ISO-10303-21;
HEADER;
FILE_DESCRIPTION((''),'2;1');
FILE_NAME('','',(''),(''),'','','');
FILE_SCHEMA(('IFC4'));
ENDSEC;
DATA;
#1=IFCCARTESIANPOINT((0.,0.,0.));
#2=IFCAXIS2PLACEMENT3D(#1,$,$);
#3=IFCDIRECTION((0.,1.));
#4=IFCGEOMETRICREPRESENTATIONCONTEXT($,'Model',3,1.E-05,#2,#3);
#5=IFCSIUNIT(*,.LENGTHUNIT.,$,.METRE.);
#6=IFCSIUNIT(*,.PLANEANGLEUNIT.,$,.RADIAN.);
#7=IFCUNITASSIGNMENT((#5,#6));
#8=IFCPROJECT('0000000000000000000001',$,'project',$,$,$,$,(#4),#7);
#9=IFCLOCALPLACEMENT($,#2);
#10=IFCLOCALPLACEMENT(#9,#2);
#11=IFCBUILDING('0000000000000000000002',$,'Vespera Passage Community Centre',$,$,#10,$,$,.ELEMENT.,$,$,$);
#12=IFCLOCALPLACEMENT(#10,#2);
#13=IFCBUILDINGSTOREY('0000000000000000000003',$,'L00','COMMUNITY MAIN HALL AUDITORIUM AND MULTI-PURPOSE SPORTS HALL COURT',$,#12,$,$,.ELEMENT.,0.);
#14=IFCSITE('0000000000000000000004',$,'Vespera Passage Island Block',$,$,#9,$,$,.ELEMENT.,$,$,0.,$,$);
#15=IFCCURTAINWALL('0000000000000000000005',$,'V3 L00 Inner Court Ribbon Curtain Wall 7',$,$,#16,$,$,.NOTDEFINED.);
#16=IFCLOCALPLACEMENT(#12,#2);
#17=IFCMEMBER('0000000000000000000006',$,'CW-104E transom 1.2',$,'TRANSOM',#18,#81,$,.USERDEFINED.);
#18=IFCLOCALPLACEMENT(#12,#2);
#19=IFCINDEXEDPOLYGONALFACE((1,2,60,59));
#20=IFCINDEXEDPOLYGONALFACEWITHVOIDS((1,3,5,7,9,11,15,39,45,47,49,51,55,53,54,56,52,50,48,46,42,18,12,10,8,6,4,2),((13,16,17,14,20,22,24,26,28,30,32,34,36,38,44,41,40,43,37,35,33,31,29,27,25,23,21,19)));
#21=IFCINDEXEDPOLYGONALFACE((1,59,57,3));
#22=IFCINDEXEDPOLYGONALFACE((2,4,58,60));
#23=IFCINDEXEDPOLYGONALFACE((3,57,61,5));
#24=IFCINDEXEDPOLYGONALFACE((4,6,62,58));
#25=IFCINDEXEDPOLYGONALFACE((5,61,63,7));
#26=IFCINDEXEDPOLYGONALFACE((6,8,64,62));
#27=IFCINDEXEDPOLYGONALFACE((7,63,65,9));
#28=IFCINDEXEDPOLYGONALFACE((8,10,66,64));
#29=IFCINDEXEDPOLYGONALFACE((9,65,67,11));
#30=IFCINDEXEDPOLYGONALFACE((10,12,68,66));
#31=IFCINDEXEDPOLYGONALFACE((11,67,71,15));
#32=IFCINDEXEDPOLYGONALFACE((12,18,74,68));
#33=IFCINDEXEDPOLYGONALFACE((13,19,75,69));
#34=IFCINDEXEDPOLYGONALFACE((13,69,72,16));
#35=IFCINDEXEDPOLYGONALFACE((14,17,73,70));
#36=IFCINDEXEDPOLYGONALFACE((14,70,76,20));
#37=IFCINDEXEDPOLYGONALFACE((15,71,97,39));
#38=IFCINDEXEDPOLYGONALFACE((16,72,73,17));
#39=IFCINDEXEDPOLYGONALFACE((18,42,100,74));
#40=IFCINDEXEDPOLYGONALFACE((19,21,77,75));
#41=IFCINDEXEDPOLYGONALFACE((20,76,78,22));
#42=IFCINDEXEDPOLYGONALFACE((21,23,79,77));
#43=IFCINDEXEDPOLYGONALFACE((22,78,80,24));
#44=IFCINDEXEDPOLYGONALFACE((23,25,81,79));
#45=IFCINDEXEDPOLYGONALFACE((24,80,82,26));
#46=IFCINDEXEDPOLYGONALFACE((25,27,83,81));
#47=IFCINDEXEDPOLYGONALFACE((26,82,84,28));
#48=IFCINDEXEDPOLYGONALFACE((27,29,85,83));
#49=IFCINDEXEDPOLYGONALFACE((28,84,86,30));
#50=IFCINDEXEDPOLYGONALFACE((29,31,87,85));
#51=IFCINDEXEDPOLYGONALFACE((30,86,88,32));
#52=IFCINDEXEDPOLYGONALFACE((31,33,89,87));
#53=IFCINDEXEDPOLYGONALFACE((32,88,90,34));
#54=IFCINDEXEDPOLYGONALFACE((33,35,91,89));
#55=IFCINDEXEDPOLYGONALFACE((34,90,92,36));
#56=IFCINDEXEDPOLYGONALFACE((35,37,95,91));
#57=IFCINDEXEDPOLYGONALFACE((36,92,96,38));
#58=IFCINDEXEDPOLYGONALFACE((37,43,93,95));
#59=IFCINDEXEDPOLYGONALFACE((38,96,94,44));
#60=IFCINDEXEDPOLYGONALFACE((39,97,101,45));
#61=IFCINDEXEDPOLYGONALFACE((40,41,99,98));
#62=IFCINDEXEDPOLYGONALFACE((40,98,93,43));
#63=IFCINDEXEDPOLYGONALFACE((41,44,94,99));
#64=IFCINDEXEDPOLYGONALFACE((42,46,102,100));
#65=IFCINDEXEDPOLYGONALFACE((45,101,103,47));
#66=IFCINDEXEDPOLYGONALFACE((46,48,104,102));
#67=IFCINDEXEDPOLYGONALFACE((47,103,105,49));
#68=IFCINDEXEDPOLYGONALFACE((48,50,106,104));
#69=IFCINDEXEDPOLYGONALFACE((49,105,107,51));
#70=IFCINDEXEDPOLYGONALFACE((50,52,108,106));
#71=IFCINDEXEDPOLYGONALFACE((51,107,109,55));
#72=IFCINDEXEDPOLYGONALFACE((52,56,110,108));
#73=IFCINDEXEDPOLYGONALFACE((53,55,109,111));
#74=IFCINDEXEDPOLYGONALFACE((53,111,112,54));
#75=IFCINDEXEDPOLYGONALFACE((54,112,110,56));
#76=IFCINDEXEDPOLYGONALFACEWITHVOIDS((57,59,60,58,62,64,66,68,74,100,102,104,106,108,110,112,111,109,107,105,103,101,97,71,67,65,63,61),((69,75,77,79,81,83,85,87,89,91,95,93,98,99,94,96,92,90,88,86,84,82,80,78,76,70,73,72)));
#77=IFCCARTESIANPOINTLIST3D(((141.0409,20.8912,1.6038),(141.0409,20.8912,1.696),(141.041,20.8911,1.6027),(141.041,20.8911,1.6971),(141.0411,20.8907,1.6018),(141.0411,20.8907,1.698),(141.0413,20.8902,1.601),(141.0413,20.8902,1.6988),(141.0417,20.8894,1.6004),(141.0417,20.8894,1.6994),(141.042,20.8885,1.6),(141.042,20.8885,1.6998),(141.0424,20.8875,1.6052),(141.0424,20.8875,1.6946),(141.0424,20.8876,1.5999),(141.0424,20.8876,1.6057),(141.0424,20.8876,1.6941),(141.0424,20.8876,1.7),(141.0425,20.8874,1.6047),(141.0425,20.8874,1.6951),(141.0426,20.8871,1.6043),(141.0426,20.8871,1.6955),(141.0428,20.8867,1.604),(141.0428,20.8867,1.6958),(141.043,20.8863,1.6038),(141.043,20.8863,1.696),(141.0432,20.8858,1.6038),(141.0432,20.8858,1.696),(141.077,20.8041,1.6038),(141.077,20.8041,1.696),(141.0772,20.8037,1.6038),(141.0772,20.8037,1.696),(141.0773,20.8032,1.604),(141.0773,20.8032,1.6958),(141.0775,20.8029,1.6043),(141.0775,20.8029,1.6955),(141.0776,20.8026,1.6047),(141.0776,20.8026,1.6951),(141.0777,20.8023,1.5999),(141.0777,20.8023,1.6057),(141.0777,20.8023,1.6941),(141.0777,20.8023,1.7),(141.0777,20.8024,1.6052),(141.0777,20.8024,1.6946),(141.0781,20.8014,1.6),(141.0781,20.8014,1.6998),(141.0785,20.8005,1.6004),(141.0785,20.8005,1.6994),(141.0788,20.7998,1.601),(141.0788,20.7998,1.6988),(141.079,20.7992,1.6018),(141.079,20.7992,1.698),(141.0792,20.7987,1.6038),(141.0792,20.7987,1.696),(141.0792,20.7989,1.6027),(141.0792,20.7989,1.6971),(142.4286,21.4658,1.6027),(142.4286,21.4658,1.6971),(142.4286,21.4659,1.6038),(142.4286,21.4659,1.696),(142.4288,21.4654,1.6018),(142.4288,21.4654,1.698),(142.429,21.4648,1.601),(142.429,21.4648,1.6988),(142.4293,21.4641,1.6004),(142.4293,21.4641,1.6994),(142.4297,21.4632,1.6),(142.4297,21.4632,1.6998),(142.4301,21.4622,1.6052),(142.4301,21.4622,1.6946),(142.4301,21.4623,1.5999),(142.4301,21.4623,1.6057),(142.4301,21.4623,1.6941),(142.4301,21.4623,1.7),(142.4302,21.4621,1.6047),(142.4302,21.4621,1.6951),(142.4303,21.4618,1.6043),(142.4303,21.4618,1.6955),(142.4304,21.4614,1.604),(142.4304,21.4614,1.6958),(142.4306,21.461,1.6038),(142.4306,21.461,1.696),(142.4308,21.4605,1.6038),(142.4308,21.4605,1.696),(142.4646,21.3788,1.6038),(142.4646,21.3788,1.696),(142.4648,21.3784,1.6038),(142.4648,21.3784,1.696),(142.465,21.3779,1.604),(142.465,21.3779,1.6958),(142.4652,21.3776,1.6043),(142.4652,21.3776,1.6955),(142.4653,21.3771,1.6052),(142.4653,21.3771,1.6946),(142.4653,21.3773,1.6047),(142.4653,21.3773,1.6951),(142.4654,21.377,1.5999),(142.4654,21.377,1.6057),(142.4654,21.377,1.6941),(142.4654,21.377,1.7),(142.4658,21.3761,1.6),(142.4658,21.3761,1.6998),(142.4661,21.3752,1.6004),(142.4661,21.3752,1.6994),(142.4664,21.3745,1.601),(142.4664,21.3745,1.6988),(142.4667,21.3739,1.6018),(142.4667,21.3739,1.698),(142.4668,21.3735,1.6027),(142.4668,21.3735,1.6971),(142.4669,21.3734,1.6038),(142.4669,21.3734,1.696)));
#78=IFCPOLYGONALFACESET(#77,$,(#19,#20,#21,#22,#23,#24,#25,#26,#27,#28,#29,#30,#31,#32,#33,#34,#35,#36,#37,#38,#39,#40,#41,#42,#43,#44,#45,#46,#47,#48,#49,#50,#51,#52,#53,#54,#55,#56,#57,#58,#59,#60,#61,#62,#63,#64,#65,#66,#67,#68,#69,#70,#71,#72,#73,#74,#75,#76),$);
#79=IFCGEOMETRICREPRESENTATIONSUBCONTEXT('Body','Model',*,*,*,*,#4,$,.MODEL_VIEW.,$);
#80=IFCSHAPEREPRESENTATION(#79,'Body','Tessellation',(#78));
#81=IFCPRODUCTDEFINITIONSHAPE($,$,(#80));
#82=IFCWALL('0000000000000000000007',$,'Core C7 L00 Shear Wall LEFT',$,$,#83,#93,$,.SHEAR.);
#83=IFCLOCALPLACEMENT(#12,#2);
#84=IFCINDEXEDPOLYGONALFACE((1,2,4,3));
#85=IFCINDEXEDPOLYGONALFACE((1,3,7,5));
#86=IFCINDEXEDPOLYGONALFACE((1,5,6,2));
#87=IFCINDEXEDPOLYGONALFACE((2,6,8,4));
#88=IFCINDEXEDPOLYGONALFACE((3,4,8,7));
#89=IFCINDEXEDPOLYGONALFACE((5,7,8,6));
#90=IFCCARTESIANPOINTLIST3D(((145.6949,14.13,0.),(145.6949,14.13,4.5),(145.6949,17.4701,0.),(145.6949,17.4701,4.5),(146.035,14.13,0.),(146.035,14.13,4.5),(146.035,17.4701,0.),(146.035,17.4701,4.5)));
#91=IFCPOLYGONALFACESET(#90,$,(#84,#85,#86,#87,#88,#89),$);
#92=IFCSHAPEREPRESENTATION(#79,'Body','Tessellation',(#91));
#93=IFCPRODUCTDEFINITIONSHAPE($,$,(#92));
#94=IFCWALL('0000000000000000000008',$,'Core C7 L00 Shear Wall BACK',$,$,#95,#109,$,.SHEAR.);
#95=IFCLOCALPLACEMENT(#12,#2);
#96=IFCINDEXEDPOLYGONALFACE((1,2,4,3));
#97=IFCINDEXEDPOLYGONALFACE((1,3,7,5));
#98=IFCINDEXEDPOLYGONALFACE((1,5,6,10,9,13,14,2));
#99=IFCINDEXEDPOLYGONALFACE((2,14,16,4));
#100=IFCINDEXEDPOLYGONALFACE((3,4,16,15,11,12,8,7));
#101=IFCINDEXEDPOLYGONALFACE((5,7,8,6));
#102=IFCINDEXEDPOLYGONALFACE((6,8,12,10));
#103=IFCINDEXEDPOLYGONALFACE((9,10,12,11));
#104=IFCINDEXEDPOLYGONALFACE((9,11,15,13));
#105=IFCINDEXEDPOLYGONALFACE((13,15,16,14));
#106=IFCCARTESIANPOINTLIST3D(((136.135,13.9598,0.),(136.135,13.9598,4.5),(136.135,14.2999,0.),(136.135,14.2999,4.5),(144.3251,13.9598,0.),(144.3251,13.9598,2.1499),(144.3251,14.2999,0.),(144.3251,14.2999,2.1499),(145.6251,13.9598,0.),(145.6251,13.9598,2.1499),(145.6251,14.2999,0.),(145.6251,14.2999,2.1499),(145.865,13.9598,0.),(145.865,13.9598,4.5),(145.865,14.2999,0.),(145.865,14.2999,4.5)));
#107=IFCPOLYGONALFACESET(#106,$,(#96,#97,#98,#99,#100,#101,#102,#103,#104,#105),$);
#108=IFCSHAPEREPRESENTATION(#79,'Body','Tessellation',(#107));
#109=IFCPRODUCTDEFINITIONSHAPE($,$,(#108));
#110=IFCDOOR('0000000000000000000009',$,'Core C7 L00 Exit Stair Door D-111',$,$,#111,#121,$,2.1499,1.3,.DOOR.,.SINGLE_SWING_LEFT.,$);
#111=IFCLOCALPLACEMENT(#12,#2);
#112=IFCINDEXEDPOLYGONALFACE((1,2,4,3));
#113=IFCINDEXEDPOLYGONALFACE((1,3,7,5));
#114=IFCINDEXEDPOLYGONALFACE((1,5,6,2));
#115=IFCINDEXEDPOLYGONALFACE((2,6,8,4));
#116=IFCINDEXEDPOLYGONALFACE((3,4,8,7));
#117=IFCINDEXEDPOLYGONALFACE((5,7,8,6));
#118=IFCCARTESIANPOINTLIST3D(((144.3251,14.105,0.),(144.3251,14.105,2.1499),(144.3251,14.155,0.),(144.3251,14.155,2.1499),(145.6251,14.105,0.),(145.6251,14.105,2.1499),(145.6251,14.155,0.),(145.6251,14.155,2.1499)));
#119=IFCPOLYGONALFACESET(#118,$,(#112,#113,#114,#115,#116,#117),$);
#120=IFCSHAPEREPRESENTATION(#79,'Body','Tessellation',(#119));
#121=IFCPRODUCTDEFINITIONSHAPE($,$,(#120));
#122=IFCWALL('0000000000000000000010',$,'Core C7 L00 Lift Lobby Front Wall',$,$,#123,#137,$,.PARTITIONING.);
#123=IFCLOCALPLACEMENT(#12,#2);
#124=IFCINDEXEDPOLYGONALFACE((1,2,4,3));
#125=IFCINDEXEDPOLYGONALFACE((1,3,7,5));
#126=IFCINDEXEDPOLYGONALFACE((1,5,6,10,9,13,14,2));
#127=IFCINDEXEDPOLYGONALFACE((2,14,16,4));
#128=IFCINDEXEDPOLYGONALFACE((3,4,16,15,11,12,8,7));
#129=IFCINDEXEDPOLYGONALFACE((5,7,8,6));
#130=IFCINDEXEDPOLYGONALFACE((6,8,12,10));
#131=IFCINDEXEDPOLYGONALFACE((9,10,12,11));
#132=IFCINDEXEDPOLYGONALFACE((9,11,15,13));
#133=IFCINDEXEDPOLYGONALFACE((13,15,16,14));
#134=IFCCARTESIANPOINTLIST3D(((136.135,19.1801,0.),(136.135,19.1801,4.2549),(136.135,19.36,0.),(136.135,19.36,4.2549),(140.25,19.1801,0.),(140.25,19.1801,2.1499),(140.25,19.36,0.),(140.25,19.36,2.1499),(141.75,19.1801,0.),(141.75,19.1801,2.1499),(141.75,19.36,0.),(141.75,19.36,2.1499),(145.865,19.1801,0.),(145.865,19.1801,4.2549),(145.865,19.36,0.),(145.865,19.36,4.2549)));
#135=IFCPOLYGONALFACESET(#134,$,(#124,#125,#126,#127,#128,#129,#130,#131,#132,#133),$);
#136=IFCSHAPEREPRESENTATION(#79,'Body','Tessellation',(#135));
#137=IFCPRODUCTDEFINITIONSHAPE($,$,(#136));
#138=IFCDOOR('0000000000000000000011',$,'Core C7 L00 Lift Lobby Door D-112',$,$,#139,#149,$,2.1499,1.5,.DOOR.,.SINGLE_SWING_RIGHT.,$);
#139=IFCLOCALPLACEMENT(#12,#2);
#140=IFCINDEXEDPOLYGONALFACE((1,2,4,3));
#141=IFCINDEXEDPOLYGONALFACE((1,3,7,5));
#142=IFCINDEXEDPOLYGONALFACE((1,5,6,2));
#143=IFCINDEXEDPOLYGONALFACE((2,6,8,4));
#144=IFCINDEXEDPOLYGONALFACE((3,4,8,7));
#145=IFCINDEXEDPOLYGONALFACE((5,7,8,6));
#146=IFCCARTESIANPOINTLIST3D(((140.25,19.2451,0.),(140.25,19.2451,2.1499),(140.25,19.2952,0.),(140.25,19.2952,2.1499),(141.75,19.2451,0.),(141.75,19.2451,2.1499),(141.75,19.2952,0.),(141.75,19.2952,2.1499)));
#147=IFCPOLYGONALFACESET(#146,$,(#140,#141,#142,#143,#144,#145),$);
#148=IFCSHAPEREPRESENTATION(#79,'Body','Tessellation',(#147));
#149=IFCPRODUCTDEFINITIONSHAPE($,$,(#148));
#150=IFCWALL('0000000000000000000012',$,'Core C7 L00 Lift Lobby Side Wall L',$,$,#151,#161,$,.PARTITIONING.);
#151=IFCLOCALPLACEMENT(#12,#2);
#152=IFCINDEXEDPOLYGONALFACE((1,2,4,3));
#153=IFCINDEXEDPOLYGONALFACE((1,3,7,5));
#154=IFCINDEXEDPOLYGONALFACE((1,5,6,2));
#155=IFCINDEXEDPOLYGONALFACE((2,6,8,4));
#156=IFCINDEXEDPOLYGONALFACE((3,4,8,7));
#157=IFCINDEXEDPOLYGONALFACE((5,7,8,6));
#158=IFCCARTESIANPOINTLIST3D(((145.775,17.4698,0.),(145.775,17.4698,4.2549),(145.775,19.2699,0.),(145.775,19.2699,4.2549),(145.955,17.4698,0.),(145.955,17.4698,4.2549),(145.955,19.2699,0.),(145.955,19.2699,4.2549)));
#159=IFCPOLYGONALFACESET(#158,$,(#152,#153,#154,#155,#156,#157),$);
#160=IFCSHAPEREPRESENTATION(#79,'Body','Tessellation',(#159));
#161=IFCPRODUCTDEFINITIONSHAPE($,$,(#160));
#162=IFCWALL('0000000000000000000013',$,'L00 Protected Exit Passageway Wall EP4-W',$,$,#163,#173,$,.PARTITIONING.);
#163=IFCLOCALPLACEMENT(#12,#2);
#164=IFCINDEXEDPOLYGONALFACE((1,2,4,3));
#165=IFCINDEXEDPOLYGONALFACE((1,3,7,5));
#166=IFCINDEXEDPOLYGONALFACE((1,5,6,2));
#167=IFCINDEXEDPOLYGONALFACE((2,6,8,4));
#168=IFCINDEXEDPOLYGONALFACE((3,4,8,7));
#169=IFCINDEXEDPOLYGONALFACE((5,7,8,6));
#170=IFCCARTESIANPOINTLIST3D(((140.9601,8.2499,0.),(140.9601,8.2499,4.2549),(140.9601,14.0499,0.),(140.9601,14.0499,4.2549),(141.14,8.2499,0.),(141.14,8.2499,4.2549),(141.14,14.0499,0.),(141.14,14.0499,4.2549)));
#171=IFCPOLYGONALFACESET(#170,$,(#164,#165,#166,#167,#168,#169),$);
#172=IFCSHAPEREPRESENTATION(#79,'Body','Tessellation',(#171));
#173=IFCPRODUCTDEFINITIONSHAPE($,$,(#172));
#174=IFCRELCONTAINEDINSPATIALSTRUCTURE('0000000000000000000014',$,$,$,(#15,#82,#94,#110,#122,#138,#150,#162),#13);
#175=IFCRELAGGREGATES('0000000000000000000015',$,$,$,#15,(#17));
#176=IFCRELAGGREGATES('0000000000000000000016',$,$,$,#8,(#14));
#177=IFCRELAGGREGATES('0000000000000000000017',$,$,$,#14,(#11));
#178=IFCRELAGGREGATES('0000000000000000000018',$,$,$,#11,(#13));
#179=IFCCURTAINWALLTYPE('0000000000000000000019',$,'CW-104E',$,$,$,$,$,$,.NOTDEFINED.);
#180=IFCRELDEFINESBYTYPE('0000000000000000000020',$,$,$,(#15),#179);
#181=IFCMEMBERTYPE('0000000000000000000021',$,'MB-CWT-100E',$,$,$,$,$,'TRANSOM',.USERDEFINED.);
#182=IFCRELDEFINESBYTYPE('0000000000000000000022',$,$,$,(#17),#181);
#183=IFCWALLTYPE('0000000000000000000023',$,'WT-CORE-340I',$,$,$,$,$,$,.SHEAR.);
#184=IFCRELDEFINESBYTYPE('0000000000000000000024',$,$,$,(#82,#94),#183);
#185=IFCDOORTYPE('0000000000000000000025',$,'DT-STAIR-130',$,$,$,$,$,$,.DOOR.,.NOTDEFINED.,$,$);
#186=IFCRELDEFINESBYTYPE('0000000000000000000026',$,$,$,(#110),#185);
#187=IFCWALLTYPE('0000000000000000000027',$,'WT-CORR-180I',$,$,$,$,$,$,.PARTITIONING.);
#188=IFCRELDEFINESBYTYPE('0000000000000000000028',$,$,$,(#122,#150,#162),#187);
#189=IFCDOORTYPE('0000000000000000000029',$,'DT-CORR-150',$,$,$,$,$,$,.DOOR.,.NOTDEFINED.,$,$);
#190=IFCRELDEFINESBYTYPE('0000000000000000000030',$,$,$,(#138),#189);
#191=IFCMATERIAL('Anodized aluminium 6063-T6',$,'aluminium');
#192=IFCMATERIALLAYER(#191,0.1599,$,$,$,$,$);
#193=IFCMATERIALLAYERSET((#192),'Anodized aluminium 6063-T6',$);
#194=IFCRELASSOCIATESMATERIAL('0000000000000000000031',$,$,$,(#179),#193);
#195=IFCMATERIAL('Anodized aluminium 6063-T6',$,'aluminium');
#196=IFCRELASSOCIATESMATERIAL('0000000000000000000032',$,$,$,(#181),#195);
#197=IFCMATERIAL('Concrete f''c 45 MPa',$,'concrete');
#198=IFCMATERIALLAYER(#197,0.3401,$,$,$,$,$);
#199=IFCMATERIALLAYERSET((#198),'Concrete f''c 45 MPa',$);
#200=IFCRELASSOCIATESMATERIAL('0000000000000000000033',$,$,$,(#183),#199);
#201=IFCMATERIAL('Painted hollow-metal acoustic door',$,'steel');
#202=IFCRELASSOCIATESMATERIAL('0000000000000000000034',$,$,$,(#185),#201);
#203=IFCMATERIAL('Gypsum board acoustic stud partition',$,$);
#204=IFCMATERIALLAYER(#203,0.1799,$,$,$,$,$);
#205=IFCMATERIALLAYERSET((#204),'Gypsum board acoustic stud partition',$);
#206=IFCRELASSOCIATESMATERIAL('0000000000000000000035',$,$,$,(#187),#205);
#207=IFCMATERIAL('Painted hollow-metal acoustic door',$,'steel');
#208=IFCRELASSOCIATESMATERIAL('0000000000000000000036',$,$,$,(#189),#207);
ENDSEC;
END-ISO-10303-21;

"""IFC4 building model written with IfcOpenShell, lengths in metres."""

from ifc_helpers import new_model, si_unit, direction, frame, frame_2d, origin, origin_2d, place, context, subcontext, project, spatial, rectangle, hollow_rectangle, extrude, material, layer, layer_set, material_profile, profile_set, type_object, element, fill, aggregate, save


model = new_model("IFC4")

# Units and contexts
model_context = context("Model", 3, precision=1e-05, world=origin(), true_north=direction((0.0, 1.0)))
body_context = subcontext(model_context, "Body", "Model", "MODEL_VIEW")
ifc_project = project(units=[si_unit("LENGTHUNIT", "METRE"), si_unit("PLANEANGLEUNIT", "RADIAN")], contexts=[model_context])

# Site, building, storey
site_placement = place(None, origin())
site = spatial("IfcSite", under=ifc_project, at=site_placement, Name="Vespera Passage Island Block", CompositionType="ELEMENT", RefElevation=0.0)
building_placement = place(site_placement, origin())
building = spatial("IfcBuilding", under=site, at=building_placement, Name="Vespera Passage Community Centre", CompositionType="ELEMENT")
storey_placement = place(building_placement, origin())
storey = spatial("IfcBuildingStorey", under=building, at=storey_placement, Name="L00", Description="COMMUNITY MAIN HALL AUDITORIUM AND MULTI-PURPOSE SPORTS HALL COURT", CompositionType="ELEMENT", Elevation=0.0)

# Shared definitions
ifc_material_1 = material(Name="Anodized aluminium 6063-T6", Category="aluminium")
ifc_layer_1 = layer(ifc_material_1, 0.1599)
ifc_layer_set_1 = layer_set([ifc_layer_1], Name="Anodized aluminium 6063-T6")
curtain_wall_type = type_object("IfcCurtainWallType", Name="CW-104E", PredefinedType="NOTDEFINED", material=ifc_layer_set_1)

# Curtain wall, member
curtain_wall_1_placement = place(storey_placement, origin())
curtain_wall_1 = element("IfcCurtainWall", 1, at=curtain_wall_1_placement, inside=storey, type_object=curtain_wall_type, Name="V3 L00 Inner Court Ribbon Curtain Wall 7", PredefinedType="NOTDEFINED")
ifc_material_2 = material(Name="Anodized aluminium 6063-T6", Category="aluminium")
ifc_material_profile_1 = material_profile(ifc_material_2, hollow_rectangle(XDim=0.1001, YDim=0.1001, WallThickness=0.0039, InnerFilletRadius=0.002, OuterFilletRadius=0.0039, at=origin_2d()), Name="ALU100X100X4")
ifc_profile_set_1 = profile_set([ifc_material_profile_1], Name="Anodized aluminium 6063-T6")
member_type_1 = type_object("IfcMemberType", Name="MB-CWT-100E", ElementType="TRANSOM", PredefinedType="USERDEFINED", material=ifc_profile_set_1)
member_1_placement = place(storey_placement, frame((141.0601, 20.845, 1.6499), z_axis=(0.923902, 0.382629, 0.0), x_axis=(-0.382629, 0.923902, 0.0)))
member_1 = element("IfcMember", 2, at=member_1_placement, type_object=member_type_1, Name="CW-104E transom 1.2", ObjectType="TRANSOM", PredefinedType="USERDEFINED", context=body_context, shape_type="SweptSolid", body=[
    extrude(hollow_rectangle(XDim=0.1001, YDim=0.1001, WallThickness=0.0039, InnerFilletRadius=0.002, OuterFilletRadius=0.0039, at=origin_2d()), origin(), (0.0, 0.0, 1.0), 1.502),
])
aggregate(curtain_wall_1, [member_1])

# Wall
ifc_material_3 = material(Name="Concrete f'c 45 MPa", Category="concrete")
ifc_layer_2 = layer(ifc_material_3, 0.3401)
ifc_layer_set_2 = layer_set([ifc_layer_2], Name="Concrete f'c 45 MPa")
wall_type_1 = type_object("IfcWallType", Name="WT-CORE-340I", PredefinedType="SHEAR", material=ifc_layer_set_2)
wall_1_placement = place(storey_placement, frame((145.865, 17.47, 0.0), z_axis=(0.0, 0.0, 1.0), x_axis=(0.0, -1.0, 0.0)))
element("IfcWall", 3, at=wall_1_placement, inside=storey, type_object=wall_type_1, Name="Core C7 L00 Shear Wall LEFT", PredefinedType="SHEAR", context=body_context, shape_type="SweptSolid", body=[
    extrude(rectangle(XDim=3.3401, YDim=0.3401, at=frame_2d((1.6699, 0.0))), origin(), (0.0, 0.0, 1.0), 4.5),
])

# Walls, openings, doors
wall_2_placement = place(storey_placement, frame((145.865, 14.1299, 0.0), z_axis=(0.0, 0.0, 1.0), x_axis=(-1.0, 0.0, 0.0)))
wall_2 = element("IfcWall", 4, at=wall_2_placement, inside=storey, type_object=wall_type_1, Name="Core C7 L00 Shear Wall BACK", PredefinedType="SHEAR", context=body_context, shape_type="SweptSolid", body=[
    extrude(rectangle(XDim=9.73, YDim=0.3401, at=frame_2d((4.865, 0.0))), origin(), (0.0, 0.0, 1.0), 4.5),
])
opening_1_placement = place(wall_2_placement, frame((0.24, 0.0, 0.0)))
opening_1 = element("IfcOpeningElement", 5, at=opening_1_placement, cuts=wall_2, PredefinedType="OPENING", context=body_context, shape_type="SweptSolid", body=[
    extrude(rectangle(XDim=1.3, YDim=2.1499, at=frame_2d((0.6499, 1.075))), frame((0.0, 0.1799, 0.0), z_axis=(0.0, -1.0, 0.0), x_axis=(1.0, 0.0, 0.0)), (0.0, 0.0, 1.0), 0.3601),
])
ifc_material_4 = material(Name="Painted hollow-metal acoustic door", Category="steel")
door_type_1 = type_object("IfcDoorType", Name="DT-STAIR-130", OperationType="NOTDEFINED", PredefinedType="DOOR", material=ifc_material_4)
door_1_placement = place(opening_1_placement, origin())
door_1 = element("IfcDoor", 6, at=door_1_placement, inside=storey, type_object=door_type_1, Name="Core C7 L00 Exit Stair Door D-111", OperationType="SINGLE_SWING_LEFT", OverallHeight=2.1499, OverallWidth=1.3, PredefinedType="DOOR", context=body_context, shape_type="SweptSolid", body=[
    extrude(rectangle(XDim=1.3, YDim=2.1499, at=frame_2d((0.6499, 1.075))), frame((0.0, 0.0249, 0.0), z_axis=(0.0, -1.0, 0.0), x_axis=(1.0, 0.0, 0.0)), (0.0, 0.0, 1.0), 0.05),
])
fill(opening_1, door_1)
ifc_material_5 = material(Name="Gypsum board acoustic stud partition")
ifc_layer_3 = layer(ifc_material_5, 0.1799)
ifc_layer_set_3 = layer_set([ifc_layer_3], Name="Gypsum board acoustic stud partition")
wall_type_2 = type_object("IfcWallType", Name="WT-CORR-180I", PredefinedType="PARTITIONING", material=ifc_layer_set_3)
wall_3_placement = place(storey_placement, frame((145.865, 19.27, 0.0), z_axis=(0.0, 0.0, 1.0), x_axis=(-1.0, 0.0, 0.0)))
wall_3 = element("IfcWall", 7, at=wall_3_placement, inside=storey, type_object=wall_type_2, Name="Core C7 L00 Lift Lobby Front Wall", PredefinedType="PARTITIONING", context=body_context, shape_type="SweptSolid", body=[
    extrude(rectangle(XDim=9.73, YDim=0.1799, at=frame_2d((4.865, 0.0))), origin(), (0.0, 0.0, 1.0), 4.2549),
])
opening_2_placement = place(wall_3_placement, frame((4.115, 0.0, 0.0)))
opening_2 = element("IfcOpeningElement", 8, at=opening_2_placement, cuts=wall_3, PredefinedType="OPENING", context=body_context, shape_type="SweptSolid", body=[
    extrude(rectangle(XDim=1.5, YDim=2.1499, at=frame_2d((0.75, 1.075))), frame((0.0, 0.0999, 0.0), z_axis=(0.0, -1.0, 0.0), x_axis=(1.0, 0.0, 0.0)), (0.0, 0.0, 1.0), 0.2),
])
ifc_material_6 = material(Name="Painted hollow-metal acoustic door", Category="steel")
door_type_2 = type_object("IfcDoorType", Name="DT-CORR-150", OperationType="NOTDEFINED", PredefinedType="DOOR", material=ifc_material_6)
door_2_placement = place(opening_2_placement, origin())
door_2 = element("IfcDoor", 9, at=door_2_placement, inside=storey, type_object=door_type_2, Name="Core C7 L00 Lift Lobby Door D-112", OperationType="SINGLE_SWING_RIGHT", OverallHeight=2.1499, OverallWidth=1.5, PredefinedType="DOOR", context=body_context, shape_type="SweptSolid", body=[
    extrude(rectangle(XDim=1.5, YDim=2.1499, at=frame_2d((0.75, 1.075))), frame((0.0, 0.0249, 0.0), z_axis=(0.0, -1.0, 0.0), x_axis=(1.0, 0.0, 0.0)), (0.0, 0.0, 1.0), 0.05),
])
fill(opening_2, door_2)

# Walls
wall_4_placement = place(storey_placement, frame((145.865, 17.47, 0.0), z_axis=(0.0, 0.0, 1.0), x_axis=(0.0, 1.0, 0.0)))
element("IfcWall", 10, at=wall_4_placement, inside=storey, type_object=wall_type_2, Name="Core C7 L00 Lift Lobby Side Wall L", PredefinedType="PARTITIONING", context=body_context, shape_type="SweptSolid", body=[
    extrude(rectangle(XDim=1.8, YDim=0.1799, at=frame_2d((0.8999, 0.0))), origin(), (0.0, 0.0, 1.0), 4.2549),
])
wall_5_placement = place(storey_placement, frame((141.05, 8.25, 0.0), z_axis=(0.0, 0.0, 1.0), x_axis=(0.0, 1.0, 0.0)))
element("IfcWall", 11, at=wall_5_placement, inside=storey, type_object=wall_type_2, Name="L00 Protected Exit Passageway Wall EP4-W", PredefinedType="PARTITIONING", context=body_context, shape_type="SweptSolid", body=[
    extrude(rectangle(XDim=5.8, YDim=0.1799, at=frame_2d((2.8999, 0.0))), origin(), (0.0, 0.0, 1.0), 4.2549),
])

save(model, "model.ifc")
